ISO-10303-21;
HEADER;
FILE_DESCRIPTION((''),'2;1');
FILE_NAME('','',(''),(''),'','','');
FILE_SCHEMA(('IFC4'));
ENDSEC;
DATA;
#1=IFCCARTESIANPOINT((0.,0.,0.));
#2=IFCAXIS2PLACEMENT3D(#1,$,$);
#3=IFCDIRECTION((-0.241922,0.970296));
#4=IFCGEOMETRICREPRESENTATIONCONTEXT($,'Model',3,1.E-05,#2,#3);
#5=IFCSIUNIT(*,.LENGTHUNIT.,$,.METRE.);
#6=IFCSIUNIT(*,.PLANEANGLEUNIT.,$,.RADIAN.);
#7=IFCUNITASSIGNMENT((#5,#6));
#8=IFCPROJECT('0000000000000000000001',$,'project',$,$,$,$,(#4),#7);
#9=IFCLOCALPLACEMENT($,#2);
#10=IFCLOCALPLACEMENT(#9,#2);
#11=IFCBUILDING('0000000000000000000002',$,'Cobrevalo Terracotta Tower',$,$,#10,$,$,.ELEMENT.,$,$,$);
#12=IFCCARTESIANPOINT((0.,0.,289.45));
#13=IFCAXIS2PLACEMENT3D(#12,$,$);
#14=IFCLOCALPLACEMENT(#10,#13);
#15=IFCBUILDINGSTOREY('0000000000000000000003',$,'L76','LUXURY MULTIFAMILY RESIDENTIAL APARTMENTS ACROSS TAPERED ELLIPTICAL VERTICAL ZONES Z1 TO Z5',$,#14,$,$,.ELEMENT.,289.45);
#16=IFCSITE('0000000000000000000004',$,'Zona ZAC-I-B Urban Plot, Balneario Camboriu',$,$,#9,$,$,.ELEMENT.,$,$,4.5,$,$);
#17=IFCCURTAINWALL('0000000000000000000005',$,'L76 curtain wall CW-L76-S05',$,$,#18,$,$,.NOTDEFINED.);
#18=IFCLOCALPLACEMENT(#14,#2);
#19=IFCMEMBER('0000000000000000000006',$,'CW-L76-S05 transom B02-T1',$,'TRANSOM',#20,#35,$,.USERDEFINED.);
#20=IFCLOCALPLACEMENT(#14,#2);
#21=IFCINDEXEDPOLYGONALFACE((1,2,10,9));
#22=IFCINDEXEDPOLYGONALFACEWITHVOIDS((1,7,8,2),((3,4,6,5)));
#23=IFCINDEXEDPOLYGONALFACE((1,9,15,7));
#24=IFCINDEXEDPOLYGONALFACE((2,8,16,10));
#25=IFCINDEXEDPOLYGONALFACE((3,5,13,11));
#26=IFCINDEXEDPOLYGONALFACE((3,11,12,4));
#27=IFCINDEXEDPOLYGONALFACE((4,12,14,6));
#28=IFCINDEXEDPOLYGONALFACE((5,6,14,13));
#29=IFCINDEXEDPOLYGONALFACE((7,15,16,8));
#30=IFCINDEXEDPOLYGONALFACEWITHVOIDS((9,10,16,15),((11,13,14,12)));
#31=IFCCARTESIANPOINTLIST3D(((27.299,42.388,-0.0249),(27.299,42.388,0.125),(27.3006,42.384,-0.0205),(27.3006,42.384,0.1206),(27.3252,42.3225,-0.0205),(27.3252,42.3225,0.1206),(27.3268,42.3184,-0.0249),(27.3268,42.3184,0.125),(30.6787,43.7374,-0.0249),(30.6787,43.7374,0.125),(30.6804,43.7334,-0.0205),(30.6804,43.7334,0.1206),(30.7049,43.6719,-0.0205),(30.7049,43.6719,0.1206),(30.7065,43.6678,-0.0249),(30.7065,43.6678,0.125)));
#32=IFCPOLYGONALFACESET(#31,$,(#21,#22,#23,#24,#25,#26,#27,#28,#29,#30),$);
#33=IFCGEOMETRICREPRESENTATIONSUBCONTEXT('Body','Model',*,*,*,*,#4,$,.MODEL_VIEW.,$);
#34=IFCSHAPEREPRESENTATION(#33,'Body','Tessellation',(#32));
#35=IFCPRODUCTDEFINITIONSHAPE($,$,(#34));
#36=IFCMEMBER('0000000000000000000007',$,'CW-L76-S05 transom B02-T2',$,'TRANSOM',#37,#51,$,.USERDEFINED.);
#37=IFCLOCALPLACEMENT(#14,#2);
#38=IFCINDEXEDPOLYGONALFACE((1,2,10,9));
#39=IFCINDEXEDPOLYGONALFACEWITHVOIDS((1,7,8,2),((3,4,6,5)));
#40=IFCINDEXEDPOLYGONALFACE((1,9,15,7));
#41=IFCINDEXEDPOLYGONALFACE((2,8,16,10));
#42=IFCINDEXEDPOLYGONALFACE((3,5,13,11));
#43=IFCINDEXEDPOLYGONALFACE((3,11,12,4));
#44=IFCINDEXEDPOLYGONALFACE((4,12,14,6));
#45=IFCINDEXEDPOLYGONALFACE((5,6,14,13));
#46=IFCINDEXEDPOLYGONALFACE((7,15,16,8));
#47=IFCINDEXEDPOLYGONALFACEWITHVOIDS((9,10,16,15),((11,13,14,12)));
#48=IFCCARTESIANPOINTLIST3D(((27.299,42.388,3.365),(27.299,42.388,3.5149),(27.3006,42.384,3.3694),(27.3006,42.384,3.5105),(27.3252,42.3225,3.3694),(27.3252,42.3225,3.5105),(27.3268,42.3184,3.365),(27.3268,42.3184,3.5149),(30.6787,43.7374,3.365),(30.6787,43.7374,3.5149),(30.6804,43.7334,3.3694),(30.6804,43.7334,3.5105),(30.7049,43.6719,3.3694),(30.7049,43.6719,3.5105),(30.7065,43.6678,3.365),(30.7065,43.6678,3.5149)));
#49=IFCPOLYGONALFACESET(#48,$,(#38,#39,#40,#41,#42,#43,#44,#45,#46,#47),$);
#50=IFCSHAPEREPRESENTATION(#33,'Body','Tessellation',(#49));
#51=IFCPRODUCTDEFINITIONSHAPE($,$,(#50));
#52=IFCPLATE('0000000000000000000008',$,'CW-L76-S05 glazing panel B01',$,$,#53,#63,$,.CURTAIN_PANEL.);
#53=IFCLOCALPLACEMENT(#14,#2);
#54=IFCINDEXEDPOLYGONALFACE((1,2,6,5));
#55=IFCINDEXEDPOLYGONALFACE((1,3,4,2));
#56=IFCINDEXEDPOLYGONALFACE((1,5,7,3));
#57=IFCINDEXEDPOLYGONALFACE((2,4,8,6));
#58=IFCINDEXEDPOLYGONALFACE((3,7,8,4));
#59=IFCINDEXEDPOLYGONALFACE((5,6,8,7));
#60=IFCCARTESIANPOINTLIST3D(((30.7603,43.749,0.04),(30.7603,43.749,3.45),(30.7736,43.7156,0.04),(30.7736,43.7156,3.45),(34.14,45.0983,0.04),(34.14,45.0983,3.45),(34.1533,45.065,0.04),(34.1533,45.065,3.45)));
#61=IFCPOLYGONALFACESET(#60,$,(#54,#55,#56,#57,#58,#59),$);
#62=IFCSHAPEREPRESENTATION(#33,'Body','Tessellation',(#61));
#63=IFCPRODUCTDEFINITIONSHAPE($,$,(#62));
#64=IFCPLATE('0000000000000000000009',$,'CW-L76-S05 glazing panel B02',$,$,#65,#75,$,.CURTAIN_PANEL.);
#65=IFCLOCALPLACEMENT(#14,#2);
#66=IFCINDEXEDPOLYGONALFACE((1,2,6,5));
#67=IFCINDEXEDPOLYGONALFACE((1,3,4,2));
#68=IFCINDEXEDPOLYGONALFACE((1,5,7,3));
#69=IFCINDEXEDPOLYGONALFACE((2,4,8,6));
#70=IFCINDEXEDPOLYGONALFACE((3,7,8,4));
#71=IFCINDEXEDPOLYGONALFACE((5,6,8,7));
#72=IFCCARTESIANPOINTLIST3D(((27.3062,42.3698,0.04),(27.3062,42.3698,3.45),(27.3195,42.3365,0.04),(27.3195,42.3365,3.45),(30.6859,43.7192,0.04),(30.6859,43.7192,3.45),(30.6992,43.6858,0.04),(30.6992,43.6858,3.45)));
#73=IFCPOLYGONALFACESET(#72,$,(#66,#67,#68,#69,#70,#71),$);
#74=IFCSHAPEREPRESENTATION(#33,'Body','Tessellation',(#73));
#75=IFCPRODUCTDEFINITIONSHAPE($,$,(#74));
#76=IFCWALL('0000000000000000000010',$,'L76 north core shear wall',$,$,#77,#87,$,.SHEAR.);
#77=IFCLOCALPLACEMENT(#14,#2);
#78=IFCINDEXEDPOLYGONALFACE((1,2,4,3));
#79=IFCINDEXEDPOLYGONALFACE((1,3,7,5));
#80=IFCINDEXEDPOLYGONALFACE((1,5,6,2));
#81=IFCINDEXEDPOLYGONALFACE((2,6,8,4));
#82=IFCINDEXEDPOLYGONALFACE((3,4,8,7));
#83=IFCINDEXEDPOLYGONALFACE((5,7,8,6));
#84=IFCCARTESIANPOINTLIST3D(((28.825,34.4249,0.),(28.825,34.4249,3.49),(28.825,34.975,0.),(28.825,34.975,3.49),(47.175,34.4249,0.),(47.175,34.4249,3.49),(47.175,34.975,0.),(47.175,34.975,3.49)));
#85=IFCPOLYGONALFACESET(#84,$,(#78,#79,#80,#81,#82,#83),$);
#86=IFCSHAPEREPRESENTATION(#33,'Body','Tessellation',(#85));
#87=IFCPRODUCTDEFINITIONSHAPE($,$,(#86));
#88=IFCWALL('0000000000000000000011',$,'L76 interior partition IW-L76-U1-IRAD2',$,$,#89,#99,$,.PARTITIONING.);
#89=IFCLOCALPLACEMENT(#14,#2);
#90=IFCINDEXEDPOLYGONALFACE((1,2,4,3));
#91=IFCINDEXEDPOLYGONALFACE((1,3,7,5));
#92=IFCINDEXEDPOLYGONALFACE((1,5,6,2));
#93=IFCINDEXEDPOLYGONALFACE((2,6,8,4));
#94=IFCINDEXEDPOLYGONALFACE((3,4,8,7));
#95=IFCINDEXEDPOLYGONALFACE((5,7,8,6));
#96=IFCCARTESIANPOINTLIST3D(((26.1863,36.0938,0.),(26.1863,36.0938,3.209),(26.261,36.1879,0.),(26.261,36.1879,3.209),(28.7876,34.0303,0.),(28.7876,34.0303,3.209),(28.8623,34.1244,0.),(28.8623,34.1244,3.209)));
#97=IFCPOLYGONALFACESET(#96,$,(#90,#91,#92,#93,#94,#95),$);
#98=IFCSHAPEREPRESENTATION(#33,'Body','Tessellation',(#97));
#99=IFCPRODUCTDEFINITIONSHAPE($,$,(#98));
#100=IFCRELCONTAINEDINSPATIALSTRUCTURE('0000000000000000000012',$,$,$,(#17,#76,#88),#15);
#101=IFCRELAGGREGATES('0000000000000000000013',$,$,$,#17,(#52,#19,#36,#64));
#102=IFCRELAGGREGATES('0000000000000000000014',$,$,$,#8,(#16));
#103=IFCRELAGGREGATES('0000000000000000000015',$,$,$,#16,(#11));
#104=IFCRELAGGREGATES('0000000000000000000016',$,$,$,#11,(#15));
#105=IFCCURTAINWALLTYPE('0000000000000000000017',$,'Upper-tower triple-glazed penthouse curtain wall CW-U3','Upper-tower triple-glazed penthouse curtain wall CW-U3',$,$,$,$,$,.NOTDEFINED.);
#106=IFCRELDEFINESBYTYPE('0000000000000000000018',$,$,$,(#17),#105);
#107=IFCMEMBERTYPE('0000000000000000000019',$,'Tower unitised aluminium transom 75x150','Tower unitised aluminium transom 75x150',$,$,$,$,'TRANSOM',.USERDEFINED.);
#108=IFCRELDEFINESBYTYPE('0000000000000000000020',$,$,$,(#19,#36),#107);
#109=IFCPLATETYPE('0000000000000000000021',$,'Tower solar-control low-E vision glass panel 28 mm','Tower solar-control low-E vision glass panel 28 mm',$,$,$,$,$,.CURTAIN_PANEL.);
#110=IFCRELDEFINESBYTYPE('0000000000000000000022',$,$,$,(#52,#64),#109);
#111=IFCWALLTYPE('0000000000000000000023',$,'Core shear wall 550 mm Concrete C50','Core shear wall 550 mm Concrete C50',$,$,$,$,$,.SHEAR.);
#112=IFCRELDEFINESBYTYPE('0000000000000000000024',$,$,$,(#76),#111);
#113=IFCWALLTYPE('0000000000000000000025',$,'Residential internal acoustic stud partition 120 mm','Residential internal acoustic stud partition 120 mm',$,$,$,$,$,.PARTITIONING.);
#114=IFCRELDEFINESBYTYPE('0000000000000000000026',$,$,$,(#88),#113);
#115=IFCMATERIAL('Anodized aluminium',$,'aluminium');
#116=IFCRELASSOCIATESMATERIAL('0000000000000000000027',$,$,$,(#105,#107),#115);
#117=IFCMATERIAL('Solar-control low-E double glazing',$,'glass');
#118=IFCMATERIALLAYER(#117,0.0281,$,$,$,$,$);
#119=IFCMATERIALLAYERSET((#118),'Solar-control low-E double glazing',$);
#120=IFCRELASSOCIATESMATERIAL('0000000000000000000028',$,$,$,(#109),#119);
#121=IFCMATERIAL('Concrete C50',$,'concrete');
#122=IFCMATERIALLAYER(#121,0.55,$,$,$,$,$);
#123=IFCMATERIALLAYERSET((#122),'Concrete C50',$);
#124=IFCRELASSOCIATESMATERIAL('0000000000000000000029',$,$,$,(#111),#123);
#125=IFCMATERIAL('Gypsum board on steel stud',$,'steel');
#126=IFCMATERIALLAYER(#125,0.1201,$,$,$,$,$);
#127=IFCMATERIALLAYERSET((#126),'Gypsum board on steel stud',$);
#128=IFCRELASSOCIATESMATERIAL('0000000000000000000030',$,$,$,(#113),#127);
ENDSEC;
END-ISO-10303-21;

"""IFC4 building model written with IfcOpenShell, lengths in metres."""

from ifc_helpers import new_model, si_unit, direction, frame, frame_2d, origin, origin_2d, place, context, subcontext, project, spatial, rectangle, hollow_rectangle, extrude, source, transform, mapped, material, layer, layer_set, material_profile, profile_set, type_object, element, aggregate, save


model = new_model("IFC4")

# Units and contexts
model_context = context("Model", 3, precision=1e-05, world=origin(), true_north=direction((-0.241922, 0.970296)))
body_context = subcontext(model_context, "Body", "Model", "MODEL_VIEW")
ifc_project = project(units=[si_unit("LENGTHUNIT", "METRE"), si_unit("PLANEANGLEUNIT", "RADIAN")], contexts=[model_context])

# Site, building, storey
site_placement = place(None, origin())
site = spatial("IfcSite", under=ifc_project, at=site_placement, Name="Zona ZAC-I-B Urban Plot, Balneario Camboriu", CompositionType="ELEMENT", RefElevation=4.5)
building_placement = place(site_placement, origin())
building = spatial("IfcBuilding", under=site, at=building_placement, Name="Cobrevalo Terracotta Tower", CompositionType="ELEMENT")
storey_placement = place(building_placement, frame((0.0, 0.0, 289.45)))
storey = spatial("IfcBuildingStorey", under=building, at=storey_placement, Name="L76", Description="LUXURY MULTIFAMILY RESIDENTIAL APARTMENTS ACROSS TAPERED ELLIPTICAL VERTICAL ZONES Z1 TO Z5", CompositionType="ELEMENT", Elevation=289.45)

# Shared definitions
ifc_material_1 = material(Name="Concrete C50", Category="concrete")

# Curtain wall, members, plates
ifc_material_2 = material(Name="Anodized aluminium", Category="aluminium")
curtain_wall_type = type_object("IfcCurtainWallType", Name="Upper-tower triple-glazed penthouse curtain wall CW-U3", Description="Upper-tower triple-glazed penthouse curtain wall CW-U3", PredefinedType="NOTDEFINED", material=ifc_material_2)
curtain_wall_placement = place(storey_placement, origin())
curtain_wall = element("IfcCurtainWall", 1, at=curtain_wall_placement, inside=storey, type_object=curtain_wall_type, Name="L76 curtain wall CW-L76-S05", PredefinedType="NOTDEFINED")
ifc_material_profile_1 = material_profile(ifc_material_2, hollow_rectangle(XDim=0.075, YDim=0.1499, WallThickness=0.0044, at=origin_2d()), Name="CWT 75x150")
ifc_profile_set_1 = profile_set([ifc_material_profile_1], Name="Anodized aluminium")
member_type_1 = type_object("IfcMemberType", Name="Tower unitised aluminium transom 75x150", Description="Tower unitised aluminium transom 75x150", ElementType="TRANSOM", PredefinedType="USERDEFINED", material=ifc_profile_set_1)
shared_shape_1 = source(origin(), body_context, "Body", "SweptSolid", [
    extrude(hollow_rectangle(XDim=0.075, YDim=0.1499, WallThickness=0.0044, at=origin_2d()), origin(), (0.0, 0.0, 1.0), 3.6392),
])
member_1_placement = place(storey_placement, frame((30.6926, 43.7026, 0.05), z_axis=(-0.928712, -0.370801, 0.0), x_axis=(0.370801, -0.928712, 0.0)))
member_1 = element("IfcMember", 2, at=member_1_placement, type_object=member_type_1, Name="CW-L76-S05 transom B02-T1", ObjectType="TRANSOM", PredefinedType="USERDEFINED", context=body_context, shape_type="MappedRepresentation", body=[
    mapped(shared_shape_1, transform((0.0, 0.0, 0.0), scale=1.0)),
])
member_2_placement = place(storey_placement, frame((30.6926, 43.7026, 3.4399), z_axis=(-0.928712, -0.370801, 0.0), x_axis=(0.370801, -0.928712, 0.0)))
member_2 = element("IfcMember", 3, at=member_2_placement, type_object=member_type_1, Name="CW-L76-S05 transom B02-T2", ObjectType="TRANSOM", PredefinedType="USERDEFINED", context=body_context, shape_type="MappedRepresentation", body=[
    mapped(shared_shape_1, transform((0.0, 0.0, 0.0), scale=1.0)),
])
ifc_material_3 = material(Name="Solar-control low-E double glazing", Category="glass")
ifc_layer_1 = layer(ifc_material_3, 0.0281)
ifc_layer_set_1 = layer_set([ifc_layer_1], Name="Solar-control low-E double glazing")
plate_type = type_object("IfcPlateType", Name="Tower solar-control low-E vision glass panel 28 mm", Description="Tower solar-control low-E vision glass panel 28 mm", PredefinedType="CURTAIN_PANEL", material=ifc_layer_set_1)
shared_shape_2 = source(origin(), body_context, "Body", "SweptSolid", [
    extrude(rectangle(XDim=3.6392, YDim=0.0359, at=origin_2d()), origin(), (0.0, 0.0, 1.0), 3.4099),
])
plate_1_placement = place(storey_placement, frame((32.4568, 44.407, 0.04), z_axis=(0.0, 0.0, 1.0), x_axis=(-0.928718, -0.370786, 0.0)))
plate_1 = element("IfcPlate", 4, at=plate_1_placement, type_object=plate_type, Name="CW-L76-S05 glazing panel B01", PredefinedType="CURTAIN_PANEL", context=body_context, shape_type="MappedRepresentation", body=[
    mapped(shared_shape_2, transform((0.0, 0.0, 0.0), scale=1.0)),
])
plate_2_placement = place(storey_placement, frame((29.0027, 43.0278, 0.04), z_axis=(0.0, 0.0, 1.0), x_axis=(-0.928718, -0.370786, 0.0)))
plate_2 = element("IfcPlate", 5, at=plate_2_placement, type_object=plate_type, Name="CW-L76-S05 glazing panel B02", PredefinedType="CURTAIN_PANEL", context=body_context, shape_type="MappedRepresentation", body=[
    mapped(shared_shape_2, transform((0.0, 0.0, 0.0), scale=1.0)),
])
aggregate(curtain_wall, [plate_1, member_1, member_2, plate_2])

# Walls
ifc_layer_2 = layer(ifc_material_1, 0.55)
ifc_layer_set_2 = layer_set([ifc_layer_2], Name="Concrete C50")
wall_type_1 = type_object("IfcWallType", Name="Core shear wall 550 mm Concrete C50", Description="Core shear wall 550 mm Concrete C50", PredefinedType="SHEAR", material=ifc_layer_set_2)
wall_1_placement = place(storey_placement, frame((28.825, 34.7, 0.0), z_axis=(0.0, 0.0, 1.0), x_axis=(1.0, 0.0, 0.0)))
element("IfcWall", 6, at=wall_1_placement, inside=storey, type_object=wall_type_1, Name="L76 north core shear wall", PredefinedType="SHEAR", context=body_context, shape_type="SweptSolid", body=[
    extrude(rectangle(XDim=18.3501, YDim=0.55, at=frame_2d((9.175, 0.0))), origin(), (0.0, 0.0, 1.0), 3.49),
])
ifc_material_4 = material(Name="Gypsum board on steel stud", Category="steel")
ifc_layer_3 = layer(ifc_material_4, 0.1201)
ifc_layer_set_3 = layer_set([ifc_layer_3], Name="Gypsum board on steel stud")
wall_type_2 = type_object("IfcWallType", Name="Residential internal acoustic stud partition 120 mm", Description="Residential internal acoustic stud partition 120 mm", PredefinedType="PARTITIONING", material=ifc_layer_set_3)
wall_2_placement = place(storey_placement, frame((28.825, 34.0774, 0.0), z_axis=(0.0, 0.0, 1.0), x_axis=(-0.783445, 0.621462, 0.0)))
element("IfcWall", 7, at=wall_2_placement, inside=storey, type_object=wall_type_2, Name="L76 interior partition IW-L76-U1-IRAD2", PredefinedType="PARTITIONING", context=body_context, shape_type="SweptSolid", body=[
    extrude(rectangle(XDim=3.3203, YDim=0.1201, at=frame_2d((1.6602, 0.0))), origin(), (0.0, 0.0, 1.0), 3.209),
])

save(model, "model.ifc")
